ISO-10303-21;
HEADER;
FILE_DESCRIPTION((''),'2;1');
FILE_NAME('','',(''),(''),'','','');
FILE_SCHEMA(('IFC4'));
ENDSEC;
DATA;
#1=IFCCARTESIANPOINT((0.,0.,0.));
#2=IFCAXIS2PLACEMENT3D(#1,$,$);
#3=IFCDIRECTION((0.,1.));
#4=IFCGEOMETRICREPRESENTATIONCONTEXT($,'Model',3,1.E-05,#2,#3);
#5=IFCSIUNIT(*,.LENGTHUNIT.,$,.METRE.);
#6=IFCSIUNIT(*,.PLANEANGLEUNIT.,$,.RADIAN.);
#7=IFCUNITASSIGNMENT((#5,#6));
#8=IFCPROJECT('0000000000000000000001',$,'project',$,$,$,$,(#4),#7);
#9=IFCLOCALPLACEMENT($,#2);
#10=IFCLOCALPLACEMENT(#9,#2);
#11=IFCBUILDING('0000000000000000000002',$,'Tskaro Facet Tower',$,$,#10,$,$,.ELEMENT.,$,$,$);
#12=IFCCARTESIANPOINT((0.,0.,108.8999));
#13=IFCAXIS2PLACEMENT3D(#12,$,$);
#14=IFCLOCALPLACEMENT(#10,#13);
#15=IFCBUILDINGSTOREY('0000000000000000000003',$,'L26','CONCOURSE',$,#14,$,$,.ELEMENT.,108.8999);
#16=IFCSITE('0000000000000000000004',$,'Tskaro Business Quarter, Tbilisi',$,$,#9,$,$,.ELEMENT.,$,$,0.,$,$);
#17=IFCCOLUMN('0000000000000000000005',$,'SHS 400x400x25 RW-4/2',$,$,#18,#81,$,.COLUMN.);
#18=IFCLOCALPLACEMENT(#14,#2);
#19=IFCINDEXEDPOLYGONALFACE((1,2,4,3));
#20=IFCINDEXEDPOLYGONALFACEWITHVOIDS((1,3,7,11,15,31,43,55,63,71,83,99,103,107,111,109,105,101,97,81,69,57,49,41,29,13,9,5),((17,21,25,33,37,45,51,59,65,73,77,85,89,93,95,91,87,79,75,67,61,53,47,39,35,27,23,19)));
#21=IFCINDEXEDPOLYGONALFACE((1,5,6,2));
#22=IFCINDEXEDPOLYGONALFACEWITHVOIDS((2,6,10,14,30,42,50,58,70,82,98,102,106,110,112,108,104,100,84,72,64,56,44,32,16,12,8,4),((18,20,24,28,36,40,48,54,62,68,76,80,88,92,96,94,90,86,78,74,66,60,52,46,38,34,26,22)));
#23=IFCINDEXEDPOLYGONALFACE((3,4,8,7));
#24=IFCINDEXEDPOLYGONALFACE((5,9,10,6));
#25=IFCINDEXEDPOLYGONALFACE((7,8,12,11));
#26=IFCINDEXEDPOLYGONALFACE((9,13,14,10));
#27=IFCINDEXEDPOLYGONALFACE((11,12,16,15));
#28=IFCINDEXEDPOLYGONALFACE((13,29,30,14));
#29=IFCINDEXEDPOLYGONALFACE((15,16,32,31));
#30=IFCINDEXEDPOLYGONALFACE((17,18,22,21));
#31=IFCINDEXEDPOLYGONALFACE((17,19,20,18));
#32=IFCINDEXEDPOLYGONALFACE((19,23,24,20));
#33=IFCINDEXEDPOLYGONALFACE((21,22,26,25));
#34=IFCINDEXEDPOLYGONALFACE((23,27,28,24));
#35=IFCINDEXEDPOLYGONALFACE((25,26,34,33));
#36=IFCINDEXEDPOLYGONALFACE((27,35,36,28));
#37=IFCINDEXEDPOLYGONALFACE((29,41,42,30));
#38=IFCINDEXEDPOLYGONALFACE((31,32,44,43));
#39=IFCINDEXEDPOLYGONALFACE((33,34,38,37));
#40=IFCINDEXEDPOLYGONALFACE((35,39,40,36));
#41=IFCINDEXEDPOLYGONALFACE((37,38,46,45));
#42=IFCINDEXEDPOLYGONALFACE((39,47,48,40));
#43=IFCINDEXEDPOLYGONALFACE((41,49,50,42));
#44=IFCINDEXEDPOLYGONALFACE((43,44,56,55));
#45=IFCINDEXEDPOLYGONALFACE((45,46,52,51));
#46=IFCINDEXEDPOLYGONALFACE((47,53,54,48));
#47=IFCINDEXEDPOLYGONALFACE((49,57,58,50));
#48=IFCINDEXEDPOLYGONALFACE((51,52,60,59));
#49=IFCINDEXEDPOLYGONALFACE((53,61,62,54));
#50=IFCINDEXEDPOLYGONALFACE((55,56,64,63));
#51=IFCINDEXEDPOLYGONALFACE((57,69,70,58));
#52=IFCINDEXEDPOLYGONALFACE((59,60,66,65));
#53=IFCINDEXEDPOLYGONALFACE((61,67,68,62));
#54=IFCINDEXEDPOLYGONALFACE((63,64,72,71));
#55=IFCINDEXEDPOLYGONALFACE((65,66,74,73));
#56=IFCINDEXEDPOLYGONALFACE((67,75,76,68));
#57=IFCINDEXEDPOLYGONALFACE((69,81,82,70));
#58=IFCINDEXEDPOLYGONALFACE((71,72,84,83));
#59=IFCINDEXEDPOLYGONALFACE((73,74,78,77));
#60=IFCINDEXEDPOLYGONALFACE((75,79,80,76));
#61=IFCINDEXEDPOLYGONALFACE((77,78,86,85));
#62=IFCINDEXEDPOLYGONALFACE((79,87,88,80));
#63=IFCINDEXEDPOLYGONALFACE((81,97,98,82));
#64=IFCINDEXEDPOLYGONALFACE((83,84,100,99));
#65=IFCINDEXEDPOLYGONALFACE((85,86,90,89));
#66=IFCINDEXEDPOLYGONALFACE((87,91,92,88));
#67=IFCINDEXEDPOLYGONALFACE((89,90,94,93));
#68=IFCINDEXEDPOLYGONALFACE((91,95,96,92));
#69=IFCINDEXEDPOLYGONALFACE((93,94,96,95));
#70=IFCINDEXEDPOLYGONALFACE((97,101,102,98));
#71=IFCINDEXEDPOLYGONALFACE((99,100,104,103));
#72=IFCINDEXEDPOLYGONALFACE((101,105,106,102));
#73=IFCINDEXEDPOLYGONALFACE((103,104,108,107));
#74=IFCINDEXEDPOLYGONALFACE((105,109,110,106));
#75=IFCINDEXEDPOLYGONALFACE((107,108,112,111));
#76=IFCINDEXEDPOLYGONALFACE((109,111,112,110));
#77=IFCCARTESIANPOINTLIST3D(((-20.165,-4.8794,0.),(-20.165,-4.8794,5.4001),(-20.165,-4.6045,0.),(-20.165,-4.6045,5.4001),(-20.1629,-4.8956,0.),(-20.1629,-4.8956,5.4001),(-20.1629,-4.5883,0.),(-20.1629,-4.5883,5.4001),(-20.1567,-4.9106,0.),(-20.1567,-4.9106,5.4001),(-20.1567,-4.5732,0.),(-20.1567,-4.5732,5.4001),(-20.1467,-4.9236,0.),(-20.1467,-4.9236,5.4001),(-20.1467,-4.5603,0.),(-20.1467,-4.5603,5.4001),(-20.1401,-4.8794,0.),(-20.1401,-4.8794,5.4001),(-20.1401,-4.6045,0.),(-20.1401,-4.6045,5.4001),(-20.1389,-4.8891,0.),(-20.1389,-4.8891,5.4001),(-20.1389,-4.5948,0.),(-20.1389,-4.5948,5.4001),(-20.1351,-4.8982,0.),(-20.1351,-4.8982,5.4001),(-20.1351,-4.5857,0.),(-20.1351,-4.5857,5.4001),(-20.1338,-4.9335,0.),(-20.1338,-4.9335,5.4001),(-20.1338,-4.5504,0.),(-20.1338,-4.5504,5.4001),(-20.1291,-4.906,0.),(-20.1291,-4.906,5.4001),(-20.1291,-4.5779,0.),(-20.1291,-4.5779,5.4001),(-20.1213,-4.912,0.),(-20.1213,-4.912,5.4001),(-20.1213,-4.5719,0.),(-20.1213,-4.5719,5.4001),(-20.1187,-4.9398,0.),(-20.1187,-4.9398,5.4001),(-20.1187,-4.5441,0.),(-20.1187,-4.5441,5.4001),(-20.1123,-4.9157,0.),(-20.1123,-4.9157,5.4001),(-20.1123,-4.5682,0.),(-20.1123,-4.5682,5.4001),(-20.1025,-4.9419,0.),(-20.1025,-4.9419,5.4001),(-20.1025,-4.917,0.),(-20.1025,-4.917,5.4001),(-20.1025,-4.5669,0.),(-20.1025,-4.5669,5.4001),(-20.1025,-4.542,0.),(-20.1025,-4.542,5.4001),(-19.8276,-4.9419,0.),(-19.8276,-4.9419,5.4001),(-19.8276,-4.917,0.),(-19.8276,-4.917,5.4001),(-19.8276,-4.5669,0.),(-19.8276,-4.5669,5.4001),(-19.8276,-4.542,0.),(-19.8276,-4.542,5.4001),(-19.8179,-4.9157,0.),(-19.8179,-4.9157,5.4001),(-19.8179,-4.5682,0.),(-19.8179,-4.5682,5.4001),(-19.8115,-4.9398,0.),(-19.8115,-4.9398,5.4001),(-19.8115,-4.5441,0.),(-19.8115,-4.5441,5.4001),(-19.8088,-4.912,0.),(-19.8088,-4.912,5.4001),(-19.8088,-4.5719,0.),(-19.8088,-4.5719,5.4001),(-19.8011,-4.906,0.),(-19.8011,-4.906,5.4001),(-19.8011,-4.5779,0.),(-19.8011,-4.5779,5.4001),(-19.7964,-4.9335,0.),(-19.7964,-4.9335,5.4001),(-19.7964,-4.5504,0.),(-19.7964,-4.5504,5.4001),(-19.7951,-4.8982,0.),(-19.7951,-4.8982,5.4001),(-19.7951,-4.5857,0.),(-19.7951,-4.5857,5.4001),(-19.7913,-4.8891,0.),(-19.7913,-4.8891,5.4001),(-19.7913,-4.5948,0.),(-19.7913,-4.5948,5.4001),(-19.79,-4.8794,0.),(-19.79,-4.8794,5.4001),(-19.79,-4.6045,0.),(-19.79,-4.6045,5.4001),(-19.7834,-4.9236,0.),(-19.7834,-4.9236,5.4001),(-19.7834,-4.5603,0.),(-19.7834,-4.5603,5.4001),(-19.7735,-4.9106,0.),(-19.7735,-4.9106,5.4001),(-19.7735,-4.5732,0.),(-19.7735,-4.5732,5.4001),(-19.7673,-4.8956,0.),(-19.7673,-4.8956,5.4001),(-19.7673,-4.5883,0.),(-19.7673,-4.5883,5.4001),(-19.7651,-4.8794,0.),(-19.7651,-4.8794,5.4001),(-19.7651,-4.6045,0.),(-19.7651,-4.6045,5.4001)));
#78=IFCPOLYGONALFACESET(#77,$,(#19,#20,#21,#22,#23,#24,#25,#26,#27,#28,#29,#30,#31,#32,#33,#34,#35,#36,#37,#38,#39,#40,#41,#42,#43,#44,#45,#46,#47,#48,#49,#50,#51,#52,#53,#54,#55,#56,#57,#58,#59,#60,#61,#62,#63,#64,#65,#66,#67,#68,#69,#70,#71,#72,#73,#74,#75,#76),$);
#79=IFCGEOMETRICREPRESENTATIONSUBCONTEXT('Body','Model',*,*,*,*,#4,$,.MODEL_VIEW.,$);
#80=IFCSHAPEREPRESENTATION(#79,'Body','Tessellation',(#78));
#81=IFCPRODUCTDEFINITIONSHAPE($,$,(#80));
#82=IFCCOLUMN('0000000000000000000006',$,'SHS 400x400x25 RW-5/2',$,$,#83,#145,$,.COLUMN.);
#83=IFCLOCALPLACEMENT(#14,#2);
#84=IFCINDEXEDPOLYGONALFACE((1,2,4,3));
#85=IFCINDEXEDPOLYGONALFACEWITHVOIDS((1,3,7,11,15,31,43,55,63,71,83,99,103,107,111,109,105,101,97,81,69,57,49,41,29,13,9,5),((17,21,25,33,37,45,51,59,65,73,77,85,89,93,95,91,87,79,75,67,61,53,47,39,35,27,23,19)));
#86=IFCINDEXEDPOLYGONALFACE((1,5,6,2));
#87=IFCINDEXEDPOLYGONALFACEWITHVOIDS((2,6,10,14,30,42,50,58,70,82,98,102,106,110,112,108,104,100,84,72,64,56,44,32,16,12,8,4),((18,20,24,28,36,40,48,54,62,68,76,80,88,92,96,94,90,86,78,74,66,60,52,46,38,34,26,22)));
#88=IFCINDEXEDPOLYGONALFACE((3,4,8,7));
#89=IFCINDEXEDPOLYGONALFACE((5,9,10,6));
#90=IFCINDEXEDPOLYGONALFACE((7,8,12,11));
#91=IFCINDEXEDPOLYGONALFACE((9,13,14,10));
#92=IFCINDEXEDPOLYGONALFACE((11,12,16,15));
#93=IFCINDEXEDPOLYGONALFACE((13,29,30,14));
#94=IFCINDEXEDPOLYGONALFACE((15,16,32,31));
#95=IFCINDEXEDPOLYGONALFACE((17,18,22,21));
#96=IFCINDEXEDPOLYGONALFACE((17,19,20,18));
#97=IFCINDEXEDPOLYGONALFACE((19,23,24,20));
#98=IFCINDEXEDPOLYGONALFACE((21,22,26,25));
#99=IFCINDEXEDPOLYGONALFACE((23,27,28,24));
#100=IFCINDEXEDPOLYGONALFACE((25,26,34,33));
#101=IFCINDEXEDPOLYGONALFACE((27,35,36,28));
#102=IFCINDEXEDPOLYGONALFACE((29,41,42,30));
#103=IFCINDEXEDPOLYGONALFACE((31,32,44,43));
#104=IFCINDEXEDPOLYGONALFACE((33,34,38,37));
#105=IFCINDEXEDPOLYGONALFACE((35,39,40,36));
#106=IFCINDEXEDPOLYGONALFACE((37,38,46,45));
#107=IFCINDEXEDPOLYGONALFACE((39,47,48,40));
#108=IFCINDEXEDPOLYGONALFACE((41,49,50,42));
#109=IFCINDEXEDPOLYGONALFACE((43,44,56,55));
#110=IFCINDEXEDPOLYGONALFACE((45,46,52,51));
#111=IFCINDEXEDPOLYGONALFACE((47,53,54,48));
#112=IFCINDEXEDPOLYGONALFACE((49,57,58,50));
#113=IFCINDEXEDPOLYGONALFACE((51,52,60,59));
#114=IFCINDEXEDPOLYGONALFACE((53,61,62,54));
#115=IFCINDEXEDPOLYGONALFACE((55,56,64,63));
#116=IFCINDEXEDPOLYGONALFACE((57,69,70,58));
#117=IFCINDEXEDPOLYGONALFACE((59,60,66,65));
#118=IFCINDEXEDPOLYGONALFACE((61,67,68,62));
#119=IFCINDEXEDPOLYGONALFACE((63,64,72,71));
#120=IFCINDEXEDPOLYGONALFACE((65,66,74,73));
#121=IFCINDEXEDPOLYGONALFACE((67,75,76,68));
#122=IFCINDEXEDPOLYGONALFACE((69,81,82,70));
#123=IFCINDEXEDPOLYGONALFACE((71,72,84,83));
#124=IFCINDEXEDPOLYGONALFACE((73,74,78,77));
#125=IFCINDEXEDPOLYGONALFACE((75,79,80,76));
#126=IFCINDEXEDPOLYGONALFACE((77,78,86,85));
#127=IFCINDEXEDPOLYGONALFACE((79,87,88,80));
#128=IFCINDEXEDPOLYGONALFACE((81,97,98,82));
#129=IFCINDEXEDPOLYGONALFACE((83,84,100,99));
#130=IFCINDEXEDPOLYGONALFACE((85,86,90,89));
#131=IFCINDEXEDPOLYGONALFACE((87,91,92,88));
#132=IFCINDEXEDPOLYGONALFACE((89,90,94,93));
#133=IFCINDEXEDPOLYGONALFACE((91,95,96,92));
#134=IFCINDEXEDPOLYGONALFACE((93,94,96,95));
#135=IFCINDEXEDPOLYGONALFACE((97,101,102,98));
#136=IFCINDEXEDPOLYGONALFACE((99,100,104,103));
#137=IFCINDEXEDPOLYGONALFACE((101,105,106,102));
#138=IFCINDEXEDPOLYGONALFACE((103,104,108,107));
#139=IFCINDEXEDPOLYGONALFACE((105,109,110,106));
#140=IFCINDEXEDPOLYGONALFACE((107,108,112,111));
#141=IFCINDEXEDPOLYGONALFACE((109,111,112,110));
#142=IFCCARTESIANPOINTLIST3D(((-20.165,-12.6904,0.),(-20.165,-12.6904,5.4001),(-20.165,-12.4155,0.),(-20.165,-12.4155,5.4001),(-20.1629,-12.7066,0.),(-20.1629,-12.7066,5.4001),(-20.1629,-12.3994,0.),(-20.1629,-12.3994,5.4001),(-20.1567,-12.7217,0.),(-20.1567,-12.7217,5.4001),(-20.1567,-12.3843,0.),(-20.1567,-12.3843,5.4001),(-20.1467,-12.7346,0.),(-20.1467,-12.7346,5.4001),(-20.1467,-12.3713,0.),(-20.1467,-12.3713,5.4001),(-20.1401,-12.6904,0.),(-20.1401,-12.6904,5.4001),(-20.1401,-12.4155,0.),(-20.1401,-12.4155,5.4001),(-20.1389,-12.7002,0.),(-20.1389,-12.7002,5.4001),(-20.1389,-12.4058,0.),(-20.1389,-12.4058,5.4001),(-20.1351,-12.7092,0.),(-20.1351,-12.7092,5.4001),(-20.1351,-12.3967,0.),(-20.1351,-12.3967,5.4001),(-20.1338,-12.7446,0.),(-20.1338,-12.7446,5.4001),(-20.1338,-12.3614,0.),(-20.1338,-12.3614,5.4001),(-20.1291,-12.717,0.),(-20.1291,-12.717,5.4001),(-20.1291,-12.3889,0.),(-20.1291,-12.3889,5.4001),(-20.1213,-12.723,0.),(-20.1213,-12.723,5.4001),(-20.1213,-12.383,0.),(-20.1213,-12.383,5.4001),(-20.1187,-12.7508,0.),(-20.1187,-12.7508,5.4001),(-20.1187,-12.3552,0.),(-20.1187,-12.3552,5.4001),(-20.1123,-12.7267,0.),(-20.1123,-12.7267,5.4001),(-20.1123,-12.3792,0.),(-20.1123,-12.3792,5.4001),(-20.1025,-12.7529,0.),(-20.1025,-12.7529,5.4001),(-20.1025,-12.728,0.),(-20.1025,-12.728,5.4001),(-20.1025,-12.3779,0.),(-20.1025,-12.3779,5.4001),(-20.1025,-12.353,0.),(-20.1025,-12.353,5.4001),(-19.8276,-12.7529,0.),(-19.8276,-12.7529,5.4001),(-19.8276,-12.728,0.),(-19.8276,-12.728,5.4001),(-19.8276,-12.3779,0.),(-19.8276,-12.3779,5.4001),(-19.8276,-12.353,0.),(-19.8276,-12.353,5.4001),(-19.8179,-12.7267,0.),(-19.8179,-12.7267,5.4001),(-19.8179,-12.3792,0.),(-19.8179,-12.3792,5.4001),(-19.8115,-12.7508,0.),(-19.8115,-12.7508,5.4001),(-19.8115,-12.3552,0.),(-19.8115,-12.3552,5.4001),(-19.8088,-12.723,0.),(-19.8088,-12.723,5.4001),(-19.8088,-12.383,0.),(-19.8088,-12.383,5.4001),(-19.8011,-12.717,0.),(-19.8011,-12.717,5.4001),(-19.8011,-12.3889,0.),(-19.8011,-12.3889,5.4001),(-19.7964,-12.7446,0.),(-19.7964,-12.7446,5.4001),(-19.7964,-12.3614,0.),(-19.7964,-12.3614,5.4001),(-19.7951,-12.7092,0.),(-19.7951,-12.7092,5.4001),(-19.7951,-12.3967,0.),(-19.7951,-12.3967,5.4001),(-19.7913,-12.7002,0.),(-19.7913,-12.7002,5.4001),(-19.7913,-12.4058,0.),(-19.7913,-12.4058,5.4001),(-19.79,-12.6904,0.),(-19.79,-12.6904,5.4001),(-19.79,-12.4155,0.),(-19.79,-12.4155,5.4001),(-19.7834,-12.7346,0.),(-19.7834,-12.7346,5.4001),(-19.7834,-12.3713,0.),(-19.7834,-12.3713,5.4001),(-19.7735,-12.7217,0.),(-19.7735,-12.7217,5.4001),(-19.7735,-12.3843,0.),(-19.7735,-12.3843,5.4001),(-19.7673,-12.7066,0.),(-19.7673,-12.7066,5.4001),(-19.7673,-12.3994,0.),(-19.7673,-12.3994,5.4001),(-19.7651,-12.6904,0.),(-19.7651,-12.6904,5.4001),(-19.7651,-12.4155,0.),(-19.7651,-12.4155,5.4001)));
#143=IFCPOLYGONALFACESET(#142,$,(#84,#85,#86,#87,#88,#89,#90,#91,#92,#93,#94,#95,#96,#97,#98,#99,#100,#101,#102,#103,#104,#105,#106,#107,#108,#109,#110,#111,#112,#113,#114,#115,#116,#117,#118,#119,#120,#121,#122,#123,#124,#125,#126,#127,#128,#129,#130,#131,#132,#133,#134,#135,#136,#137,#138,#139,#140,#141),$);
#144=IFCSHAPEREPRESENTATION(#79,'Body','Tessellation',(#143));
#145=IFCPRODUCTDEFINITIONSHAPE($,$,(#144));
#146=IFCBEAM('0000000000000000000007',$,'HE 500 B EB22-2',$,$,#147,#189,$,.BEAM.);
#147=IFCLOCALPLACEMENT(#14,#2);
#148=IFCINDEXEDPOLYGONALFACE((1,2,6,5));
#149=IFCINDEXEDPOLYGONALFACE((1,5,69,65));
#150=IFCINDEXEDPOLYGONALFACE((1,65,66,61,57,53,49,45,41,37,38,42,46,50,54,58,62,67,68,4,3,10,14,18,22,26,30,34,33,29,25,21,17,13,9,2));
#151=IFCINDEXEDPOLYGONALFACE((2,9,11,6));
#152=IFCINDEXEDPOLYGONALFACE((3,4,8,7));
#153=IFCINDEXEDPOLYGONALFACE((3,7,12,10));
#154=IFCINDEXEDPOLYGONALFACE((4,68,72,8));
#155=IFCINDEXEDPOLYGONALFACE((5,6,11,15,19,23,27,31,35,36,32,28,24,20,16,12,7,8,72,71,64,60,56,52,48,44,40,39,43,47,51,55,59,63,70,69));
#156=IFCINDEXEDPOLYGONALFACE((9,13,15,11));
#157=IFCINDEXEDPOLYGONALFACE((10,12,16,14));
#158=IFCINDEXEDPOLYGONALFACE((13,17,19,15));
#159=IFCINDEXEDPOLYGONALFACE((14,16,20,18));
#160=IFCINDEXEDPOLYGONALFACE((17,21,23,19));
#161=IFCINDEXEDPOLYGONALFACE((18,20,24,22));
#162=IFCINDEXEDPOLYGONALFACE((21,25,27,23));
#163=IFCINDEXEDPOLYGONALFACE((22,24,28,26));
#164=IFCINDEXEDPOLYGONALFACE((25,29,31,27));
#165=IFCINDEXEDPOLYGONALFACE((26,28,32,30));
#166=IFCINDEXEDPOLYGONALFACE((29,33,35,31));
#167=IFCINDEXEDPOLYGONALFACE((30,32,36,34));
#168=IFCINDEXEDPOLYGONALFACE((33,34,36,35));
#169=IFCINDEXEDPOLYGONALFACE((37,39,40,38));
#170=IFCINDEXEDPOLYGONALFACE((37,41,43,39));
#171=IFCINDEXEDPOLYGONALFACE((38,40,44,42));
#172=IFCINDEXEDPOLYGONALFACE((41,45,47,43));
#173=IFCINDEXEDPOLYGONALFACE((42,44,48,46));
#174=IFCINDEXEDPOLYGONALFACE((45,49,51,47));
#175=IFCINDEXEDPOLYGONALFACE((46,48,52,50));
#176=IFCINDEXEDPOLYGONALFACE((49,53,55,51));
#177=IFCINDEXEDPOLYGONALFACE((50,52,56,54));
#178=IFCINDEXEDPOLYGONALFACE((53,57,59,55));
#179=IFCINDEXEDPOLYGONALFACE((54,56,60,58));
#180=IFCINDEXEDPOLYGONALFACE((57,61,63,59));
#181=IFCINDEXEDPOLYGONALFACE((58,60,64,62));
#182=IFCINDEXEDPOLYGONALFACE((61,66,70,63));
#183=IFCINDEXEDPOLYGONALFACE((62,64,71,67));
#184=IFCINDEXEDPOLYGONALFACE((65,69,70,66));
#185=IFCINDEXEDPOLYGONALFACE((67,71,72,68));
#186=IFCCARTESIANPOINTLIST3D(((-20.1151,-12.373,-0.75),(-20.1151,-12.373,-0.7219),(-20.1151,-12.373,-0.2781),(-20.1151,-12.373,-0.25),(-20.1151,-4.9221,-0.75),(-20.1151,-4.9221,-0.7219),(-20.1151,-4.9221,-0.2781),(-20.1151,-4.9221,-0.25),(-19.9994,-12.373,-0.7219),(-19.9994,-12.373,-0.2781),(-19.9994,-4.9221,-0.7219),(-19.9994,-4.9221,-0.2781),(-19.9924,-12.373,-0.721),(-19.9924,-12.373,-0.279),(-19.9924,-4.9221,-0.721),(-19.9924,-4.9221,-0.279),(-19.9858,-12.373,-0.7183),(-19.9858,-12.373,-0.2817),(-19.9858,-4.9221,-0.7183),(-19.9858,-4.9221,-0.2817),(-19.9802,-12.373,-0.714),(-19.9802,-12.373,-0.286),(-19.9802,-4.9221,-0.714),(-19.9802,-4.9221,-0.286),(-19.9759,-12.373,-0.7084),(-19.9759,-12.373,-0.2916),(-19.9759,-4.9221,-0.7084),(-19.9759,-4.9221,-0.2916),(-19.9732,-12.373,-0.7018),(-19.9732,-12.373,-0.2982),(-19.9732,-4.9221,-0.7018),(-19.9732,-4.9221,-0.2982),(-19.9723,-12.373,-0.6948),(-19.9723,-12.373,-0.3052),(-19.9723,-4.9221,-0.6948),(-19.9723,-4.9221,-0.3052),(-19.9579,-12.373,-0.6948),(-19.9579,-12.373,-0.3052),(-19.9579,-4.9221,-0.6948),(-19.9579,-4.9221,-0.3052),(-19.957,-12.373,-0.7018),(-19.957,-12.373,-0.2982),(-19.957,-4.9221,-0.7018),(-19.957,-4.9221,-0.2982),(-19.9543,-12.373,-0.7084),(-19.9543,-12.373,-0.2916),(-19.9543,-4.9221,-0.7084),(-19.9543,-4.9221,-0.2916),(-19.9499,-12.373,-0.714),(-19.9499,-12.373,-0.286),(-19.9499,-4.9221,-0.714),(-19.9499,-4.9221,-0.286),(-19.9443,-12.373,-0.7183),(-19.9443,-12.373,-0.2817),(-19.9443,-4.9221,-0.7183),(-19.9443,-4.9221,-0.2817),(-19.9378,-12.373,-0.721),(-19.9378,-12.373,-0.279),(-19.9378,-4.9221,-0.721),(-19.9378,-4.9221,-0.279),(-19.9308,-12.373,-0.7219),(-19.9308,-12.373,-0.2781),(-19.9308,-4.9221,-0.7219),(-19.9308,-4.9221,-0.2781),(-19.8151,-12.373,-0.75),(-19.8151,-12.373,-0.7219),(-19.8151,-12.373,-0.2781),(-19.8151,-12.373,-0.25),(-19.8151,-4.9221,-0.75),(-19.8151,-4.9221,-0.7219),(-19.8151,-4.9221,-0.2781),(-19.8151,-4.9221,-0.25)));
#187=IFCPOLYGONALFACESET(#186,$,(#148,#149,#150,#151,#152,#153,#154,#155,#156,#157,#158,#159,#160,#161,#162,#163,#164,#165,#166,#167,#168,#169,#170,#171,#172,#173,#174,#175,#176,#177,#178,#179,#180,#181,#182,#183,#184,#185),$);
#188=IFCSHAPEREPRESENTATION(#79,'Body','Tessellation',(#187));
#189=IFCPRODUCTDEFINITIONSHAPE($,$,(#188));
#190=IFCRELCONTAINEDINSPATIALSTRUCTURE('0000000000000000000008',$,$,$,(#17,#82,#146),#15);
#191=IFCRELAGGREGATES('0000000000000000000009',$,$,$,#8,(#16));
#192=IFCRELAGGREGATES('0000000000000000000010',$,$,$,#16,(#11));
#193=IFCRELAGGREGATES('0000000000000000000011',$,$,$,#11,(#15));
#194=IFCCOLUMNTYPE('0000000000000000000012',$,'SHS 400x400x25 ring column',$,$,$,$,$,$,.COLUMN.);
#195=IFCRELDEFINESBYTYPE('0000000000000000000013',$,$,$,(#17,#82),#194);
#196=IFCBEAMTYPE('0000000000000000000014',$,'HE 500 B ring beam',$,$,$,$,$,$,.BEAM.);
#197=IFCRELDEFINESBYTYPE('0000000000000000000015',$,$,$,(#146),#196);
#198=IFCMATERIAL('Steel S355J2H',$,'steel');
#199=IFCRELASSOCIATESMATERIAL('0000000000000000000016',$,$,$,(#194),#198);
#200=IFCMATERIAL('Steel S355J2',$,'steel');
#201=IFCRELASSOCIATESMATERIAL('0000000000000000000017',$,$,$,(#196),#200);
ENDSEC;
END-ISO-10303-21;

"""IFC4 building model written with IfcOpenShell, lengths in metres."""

from ifc_helpers import new_model, si_unit, direction, frame, origin, origin_2d, place, context, subcontext, project, spatial, hollow_rectangle, i_section, extrude, material, material_profile, profile_set, type_object, element, save


model = new_model("IFC4")

# Units and contexts
model_context = context("Model", 3, precision=1e-05, world=origin(), true_north=direction((0.0, 1.0)))
body_context = subcontext(model_context, "Body", "Model", "MODEL_VIEW")
ifc_project = project(units=[si_unit("LENGTHUNIT", "METRE"), si_unit("PLANEANGLEUNIT", "RADIAN")], contexts=[model_context])

# Site, building, storey
site_placement = place(None, origin())
site = spatial("IfcSite", under=ifc_project, at=site_placement, Name="Tskaro Business Quarter, Tbilisi", CompositionType="ELEMENT", RefElevation=0.0)
building_placement = place(site_placement, origin())
building = spatial("IfcBuilding", under=site, at=building_placement, Name="Tskaro Facet Tower", CompositionType="ELEMENT")
storey_placement = place(building_placement, frame((0.0, 0.0, 108.8999)))
storey = spatial("IfcBuildingStorey", under=building, at=storey_placement, Name="L26", Description="CONCOURSE", CompositionType="ELEMENT", Elevation=108.8999)

# Columns
ifc_material_1 = material(Name="Steel S355J2H", Category="steel")
ifc_material_profile_1 = material_profile(ifc_material_1, hollow_rectangle(XDim=0.3999, YDim=0.3999, WallThickness=0.0249, InnerFilletRadius=0.0376, OuterFilletRadius=0.0625, at=origin_2d()), Name="SHS 400x400x25")
ifc_profile_set_1 = profile_set([ifc_material_profile_1], Name="Steel S355J2H")
column_type = type_object("IfcColumnType", Name="SHS 400x400x25 ring column", PredefinedType="COLUMN", material=ifc_profile_set_1)
for number, where, z_axis, x_axis, name in (
    (1, (-19.9651, -4.7419, 0.0), (0.0, 0.0, 1.0), (1.0, 0.0, 0.0), "SHS 400x400x25 RW-4/2"),
    (2, (-19.9651, -12.553, 0.0), (0.0, 0.0, 1.0), (1.0, 0.0, 0.0), "SHS 400x400x25 RW-5/2"),
):
    element("IfcColumn", number, at=place(storey_placement, frame(where, z_axis=z_axis, x_axis=x_axis)), inside=storey, type_object=column_type, Name=name, PredefinedType="COLUMN", context=body_context, shape_type="SweptSolid", body=[
        extrude(hollow_rectangle(XDim=0.3999, YDim=0.3999, WallThickness=0.0249, InnerFilletRadius=0.0376, OuterFilletRadius=0.0625, at=origin_2d()), origin(), (0.0, 0.0, 1.0), 5.4001),
    ])

# Beam
ifc_material_2 = material(Name="Steel S355J2", Category="steel")
ifc_material_profile_2 = material_profile(ifc_material_2, i_section(OverallWidth=0.3, OverallDepth=0.5, WebThickness=0.0144, FlangeThickness=0.0281, FilletRadius=0.0271, at=origin_2d()), Name="HE 500 B")
ifc_profile_set_2 = profile_set([ifc_material_profile_2], Name="Steel S355J2")
beam_type_1 = type_object("IfcBeamType", Name="HE 500 B ring beam", PredefinedType="BEAM", material=ifc_profile_set_2)
beam_1_placement = place(storey_placement, frame((-19.9651, -4.9221, -0.5), z_axis=(0.0, -1.0, 0.0), x_axis=(1.0, 0.0, 0.0)))
element("IfcBeam", 3, at=beam_1_placement, inside=storey, type_object=beam_type_1, Name="HE 500 B EB22-2", PredefinedType="BEAM", context=body_context, shape_type="SweptSolid", body=[
    extrude(i_section(OverallWidth=0.3, OverallDepth=0.5, WebThickness=0.0144, FlangeThickness=0.0281, FilletRadius=0.0271, at=origin_2d()), origin(), (0.0, 0.0, 1.0), 7.4509),
])

save(model, "model.ifc")
